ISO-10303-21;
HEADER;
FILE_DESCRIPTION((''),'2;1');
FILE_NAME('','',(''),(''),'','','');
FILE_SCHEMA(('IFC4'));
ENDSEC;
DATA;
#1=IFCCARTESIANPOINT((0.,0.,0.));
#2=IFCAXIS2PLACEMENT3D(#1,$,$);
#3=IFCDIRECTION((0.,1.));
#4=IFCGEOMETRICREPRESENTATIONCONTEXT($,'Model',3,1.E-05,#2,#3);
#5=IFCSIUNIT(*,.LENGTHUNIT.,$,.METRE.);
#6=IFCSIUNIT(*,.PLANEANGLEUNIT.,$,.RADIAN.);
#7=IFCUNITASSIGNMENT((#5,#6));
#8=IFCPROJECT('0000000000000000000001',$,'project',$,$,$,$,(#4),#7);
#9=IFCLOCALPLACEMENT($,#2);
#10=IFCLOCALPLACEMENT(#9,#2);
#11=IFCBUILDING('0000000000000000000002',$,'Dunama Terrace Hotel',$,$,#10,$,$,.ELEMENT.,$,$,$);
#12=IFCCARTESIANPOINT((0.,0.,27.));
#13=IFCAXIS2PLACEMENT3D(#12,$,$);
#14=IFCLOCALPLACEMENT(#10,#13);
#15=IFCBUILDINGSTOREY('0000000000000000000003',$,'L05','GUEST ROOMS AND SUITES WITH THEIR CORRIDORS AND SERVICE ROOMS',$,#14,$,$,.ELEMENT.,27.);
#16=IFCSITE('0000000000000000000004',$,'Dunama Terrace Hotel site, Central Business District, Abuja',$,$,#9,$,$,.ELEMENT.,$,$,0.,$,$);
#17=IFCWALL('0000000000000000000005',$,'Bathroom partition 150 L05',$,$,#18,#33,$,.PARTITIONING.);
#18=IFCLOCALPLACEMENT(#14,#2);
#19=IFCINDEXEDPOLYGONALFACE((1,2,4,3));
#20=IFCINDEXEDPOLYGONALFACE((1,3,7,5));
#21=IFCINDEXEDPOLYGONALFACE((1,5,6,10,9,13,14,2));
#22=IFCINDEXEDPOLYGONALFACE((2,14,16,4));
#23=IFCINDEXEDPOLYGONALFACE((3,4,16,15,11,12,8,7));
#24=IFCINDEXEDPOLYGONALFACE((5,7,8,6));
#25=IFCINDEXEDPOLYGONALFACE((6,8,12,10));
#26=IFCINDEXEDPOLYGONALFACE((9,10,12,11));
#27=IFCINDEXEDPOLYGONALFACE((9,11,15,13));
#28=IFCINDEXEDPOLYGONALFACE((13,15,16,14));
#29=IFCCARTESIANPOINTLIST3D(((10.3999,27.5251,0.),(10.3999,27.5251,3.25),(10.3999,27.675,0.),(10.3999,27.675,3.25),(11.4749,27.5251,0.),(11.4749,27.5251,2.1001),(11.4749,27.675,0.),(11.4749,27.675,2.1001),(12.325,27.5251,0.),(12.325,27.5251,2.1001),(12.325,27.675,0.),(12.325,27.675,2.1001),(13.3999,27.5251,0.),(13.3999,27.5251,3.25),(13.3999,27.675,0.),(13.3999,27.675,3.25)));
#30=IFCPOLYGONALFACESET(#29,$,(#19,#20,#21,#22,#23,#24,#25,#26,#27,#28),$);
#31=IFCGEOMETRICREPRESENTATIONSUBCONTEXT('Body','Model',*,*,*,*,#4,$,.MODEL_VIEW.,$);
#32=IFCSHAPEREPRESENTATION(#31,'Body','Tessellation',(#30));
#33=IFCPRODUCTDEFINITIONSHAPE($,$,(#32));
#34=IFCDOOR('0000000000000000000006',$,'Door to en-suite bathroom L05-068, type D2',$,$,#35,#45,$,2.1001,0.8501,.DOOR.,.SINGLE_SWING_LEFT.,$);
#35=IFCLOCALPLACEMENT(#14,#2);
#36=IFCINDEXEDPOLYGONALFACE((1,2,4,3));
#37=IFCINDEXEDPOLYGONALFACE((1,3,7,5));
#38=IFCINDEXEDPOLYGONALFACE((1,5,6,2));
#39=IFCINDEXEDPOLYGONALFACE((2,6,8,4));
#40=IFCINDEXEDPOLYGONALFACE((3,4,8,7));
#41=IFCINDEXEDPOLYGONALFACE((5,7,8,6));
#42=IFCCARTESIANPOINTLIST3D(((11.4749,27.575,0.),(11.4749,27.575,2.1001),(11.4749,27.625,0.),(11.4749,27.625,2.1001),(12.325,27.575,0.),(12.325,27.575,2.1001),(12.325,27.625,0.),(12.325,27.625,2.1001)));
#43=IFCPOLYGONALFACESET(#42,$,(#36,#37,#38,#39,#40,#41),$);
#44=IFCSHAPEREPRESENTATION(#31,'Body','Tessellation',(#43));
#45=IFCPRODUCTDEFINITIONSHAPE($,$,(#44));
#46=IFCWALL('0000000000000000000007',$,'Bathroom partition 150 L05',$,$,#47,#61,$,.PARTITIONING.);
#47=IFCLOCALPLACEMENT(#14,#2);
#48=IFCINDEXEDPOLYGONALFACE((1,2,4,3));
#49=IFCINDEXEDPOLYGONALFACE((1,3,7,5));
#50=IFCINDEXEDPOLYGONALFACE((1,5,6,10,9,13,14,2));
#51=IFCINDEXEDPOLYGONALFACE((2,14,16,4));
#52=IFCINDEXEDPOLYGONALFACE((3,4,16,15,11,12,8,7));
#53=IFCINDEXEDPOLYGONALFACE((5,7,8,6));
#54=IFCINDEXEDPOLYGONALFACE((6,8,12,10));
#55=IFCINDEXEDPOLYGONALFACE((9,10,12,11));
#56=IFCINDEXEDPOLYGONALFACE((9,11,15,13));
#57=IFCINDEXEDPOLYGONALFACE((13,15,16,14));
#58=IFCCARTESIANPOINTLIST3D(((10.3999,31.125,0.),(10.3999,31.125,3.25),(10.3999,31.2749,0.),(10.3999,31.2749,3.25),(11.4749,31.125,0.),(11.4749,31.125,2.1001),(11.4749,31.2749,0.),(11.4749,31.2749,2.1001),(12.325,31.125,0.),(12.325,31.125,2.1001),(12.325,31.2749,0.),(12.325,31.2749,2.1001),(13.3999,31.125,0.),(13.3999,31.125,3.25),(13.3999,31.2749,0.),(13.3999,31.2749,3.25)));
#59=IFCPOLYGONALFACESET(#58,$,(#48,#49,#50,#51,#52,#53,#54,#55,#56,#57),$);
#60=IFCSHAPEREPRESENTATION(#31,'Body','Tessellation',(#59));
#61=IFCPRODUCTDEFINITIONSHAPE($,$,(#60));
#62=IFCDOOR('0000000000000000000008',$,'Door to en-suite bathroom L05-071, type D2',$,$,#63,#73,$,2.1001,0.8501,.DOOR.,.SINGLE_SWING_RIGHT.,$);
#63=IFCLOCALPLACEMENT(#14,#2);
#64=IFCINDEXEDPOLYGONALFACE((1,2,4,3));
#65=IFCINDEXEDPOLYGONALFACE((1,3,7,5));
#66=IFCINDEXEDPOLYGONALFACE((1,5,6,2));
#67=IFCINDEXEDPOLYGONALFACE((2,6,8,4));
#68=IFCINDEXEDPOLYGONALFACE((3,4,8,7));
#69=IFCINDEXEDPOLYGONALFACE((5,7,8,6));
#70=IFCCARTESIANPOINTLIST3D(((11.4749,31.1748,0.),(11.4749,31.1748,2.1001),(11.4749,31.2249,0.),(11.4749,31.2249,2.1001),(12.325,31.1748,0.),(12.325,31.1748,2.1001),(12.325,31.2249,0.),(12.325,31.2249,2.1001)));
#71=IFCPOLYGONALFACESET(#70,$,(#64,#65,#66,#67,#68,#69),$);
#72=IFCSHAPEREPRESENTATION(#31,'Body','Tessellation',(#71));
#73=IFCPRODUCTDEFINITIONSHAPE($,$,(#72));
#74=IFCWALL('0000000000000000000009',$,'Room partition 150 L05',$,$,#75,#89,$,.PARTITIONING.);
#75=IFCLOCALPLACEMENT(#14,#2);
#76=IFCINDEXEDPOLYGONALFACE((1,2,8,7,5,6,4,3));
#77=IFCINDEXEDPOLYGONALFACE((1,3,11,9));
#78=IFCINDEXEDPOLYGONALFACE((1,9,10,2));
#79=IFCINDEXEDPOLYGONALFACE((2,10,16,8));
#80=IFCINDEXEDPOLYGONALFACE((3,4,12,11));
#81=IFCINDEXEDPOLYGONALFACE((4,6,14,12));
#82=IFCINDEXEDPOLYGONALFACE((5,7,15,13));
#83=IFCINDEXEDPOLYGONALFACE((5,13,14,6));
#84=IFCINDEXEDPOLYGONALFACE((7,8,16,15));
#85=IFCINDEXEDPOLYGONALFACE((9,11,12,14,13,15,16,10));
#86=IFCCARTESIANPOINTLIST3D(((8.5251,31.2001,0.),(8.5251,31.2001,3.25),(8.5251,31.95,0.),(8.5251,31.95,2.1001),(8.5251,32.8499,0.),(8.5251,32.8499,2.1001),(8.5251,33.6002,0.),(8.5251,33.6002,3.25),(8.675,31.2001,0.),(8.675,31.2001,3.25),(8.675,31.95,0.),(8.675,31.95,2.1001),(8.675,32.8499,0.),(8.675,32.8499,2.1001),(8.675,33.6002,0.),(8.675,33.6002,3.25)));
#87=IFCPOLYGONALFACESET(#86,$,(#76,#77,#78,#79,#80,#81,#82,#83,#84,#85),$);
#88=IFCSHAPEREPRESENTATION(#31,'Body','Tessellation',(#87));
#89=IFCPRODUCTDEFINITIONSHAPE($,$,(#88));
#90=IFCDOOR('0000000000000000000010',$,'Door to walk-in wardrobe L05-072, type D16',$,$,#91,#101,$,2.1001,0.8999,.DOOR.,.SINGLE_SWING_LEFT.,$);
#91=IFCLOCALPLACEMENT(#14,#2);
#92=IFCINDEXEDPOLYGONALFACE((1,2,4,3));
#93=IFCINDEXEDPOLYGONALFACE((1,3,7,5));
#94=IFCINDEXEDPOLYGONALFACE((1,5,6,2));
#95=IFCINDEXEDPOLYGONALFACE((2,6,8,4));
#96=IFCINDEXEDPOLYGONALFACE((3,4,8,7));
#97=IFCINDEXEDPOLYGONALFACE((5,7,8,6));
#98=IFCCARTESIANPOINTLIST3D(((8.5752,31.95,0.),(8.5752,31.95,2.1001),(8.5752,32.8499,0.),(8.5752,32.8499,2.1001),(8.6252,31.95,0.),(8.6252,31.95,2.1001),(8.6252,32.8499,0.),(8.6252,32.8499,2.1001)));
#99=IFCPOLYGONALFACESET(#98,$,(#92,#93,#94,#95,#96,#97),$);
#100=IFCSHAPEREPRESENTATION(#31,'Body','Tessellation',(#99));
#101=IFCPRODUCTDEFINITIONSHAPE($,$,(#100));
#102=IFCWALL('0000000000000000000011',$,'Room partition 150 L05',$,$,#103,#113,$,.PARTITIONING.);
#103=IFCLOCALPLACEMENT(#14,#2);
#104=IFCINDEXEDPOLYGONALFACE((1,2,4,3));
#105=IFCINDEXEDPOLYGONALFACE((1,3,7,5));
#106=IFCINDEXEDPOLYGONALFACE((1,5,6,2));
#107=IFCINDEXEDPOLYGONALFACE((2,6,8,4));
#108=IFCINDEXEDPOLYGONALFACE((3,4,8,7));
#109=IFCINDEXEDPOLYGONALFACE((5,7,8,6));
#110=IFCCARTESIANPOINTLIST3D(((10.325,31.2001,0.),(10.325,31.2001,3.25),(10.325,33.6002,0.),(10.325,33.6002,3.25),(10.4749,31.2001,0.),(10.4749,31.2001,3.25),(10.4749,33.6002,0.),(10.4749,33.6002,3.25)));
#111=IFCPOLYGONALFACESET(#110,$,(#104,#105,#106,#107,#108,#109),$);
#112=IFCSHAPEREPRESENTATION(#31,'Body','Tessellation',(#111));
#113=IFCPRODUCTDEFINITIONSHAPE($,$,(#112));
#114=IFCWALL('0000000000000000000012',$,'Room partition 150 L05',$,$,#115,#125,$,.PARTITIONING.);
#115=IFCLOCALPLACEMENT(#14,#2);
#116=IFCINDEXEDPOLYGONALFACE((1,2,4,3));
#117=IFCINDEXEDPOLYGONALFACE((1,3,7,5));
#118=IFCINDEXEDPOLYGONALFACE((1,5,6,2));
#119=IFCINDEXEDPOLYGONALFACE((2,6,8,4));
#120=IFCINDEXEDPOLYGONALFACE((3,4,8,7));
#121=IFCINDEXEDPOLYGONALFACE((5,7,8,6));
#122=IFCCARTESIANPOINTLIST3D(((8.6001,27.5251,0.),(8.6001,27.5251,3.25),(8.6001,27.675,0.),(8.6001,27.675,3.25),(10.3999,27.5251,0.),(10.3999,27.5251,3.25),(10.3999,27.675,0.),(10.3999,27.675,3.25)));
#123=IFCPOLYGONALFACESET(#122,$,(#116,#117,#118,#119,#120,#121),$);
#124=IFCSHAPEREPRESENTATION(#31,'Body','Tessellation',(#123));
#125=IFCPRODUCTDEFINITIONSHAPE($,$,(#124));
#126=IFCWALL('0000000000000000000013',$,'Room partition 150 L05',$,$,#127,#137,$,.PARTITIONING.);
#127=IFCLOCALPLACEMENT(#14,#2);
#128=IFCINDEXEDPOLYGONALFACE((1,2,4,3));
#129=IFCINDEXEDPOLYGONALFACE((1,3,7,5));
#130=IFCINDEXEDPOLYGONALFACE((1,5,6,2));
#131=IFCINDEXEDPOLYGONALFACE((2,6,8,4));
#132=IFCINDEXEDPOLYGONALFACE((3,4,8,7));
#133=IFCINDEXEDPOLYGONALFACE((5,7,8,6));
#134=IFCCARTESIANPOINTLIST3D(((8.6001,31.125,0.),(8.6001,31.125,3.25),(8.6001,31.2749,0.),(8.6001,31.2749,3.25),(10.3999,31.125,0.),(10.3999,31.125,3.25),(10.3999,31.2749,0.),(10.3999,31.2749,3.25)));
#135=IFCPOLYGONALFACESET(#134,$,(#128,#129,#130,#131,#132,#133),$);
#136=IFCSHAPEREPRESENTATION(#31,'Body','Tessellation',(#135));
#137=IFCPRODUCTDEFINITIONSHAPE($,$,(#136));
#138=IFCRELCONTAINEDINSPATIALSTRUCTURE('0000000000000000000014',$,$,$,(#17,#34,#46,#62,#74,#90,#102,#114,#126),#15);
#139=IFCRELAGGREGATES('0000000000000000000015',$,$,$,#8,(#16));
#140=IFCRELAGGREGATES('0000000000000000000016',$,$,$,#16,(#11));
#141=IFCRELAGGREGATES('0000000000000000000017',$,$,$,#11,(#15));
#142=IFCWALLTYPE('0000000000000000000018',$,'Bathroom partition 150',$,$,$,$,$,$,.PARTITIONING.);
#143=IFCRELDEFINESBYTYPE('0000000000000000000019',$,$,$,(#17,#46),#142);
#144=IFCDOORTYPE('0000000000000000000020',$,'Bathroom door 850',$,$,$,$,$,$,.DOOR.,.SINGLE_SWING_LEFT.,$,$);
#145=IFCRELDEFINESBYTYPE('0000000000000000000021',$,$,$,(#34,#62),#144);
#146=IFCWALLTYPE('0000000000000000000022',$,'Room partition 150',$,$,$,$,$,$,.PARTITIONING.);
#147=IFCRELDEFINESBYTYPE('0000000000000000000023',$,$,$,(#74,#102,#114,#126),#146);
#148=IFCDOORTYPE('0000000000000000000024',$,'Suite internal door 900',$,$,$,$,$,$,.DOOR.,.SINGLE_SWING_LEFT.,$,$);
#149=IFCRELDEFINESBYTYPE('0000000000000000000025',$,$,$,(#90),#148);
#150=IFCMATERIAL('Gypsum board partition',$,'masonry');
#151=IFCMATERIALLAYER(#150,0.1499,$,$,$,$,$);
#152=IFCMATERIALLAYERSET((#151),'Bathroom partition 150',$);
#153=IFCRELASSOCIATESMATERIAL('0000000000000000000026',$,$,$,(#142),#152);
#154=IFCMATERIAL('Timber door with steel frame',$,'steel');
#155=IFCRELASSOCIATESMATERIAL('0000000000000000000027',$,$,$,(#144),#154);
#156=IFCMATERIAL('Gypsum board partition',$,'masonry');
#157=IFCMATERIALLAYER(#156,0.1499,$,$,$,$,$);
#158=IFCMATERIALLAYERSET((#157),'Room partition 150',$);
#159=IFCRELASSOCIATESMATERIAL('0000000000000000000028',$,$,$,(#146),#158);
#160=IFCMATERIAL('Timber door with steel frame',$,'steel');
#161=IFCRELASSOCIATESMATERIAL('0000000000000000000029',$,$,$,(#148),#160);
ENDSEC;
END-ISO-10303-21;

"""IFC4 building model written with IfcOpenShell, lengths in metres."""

from ifc_helpers import new_model, si_unit, direction, frame, frame_2d, origin, place, context, subcontext, project, spatial, rectangle, extrude, material, layer, layer_set, type_object, element, fill, save


model = new_model("IFC4")

# Units and contexts
model_context = context("Model", 3, precision=1e-05, world=origin(), true_north=direction((0.0, 1.0)))
body_context = subcontext(model_context, "Body", "Model", "MODEL_VIEW")
ifc_project = project(units=[si_unit("LENGTHUNIT", "METRE"), si_unit("PLANEANGLEUNIT", "RADIAN")], contexts=[model_context])

# Site, building, storey
site_placement = place(None, origin())
site = spatial("IfcSite", under=ifc_project, at=site_placement, Name="Dunama Terrace Hotel site, Central Business District, Abuja", CompositionType="ELEMENT", RefElevation=0.0)
building_placement = place(site_placement, origin())
building = spatial("IfcBuilding", under=site, at=building_placement, Name="Dunama Terrace Hotel", CompositionType="ELEMENT")
storey_placement = place(building_placement, frame((0.0, 0.0, 27.0)))
storey = spatial("IfcBuildingStorey", under=building, at=storey_placement, Name="L05", Description="GUEST ROOMS AND SUITES WITH THEIR CORRIDORS AND SERVICE ROOMS", CompositionType="ELEMENT", Elevation=27.0)

# Walls, openings, doors
ifc_material_1 = material(Name="Gypsum board partition", Category="masonry")
ifc_layer_1 = layer(ifc_material_1, 0.1499)
ifc_layer_set_1 = layer_set([ifc_layer_1], Name="Bathroom partition 150")
wall_type_1 = type_object("IfcWallType", Name="Bathroom partition 150", PredefinedType="PARTITIONING", material=ifc_layer_set_1)
wall_1_placement = place(storey_placement, frame((10.3999, 27.6001, 0.0), z_axis=(0.0, 0.0, 1.0), x_axis=(1.0, 0.0, 0.0)))
wall_1 = element("IfcWall", 1, at=wall_1_placement, inside=storey, type_object=wall_type_1, Name="Bathroom partition 150 L05", PredefinedType="PARTITIONING", context=body_context, shape_type="SweptSolid", body=[
    extrude(rectangle(XDim=3.0, YDim=0.1499, at=frame_2d((1.5, 0.0))), origin(), (0.0, 0.0, 1.0), 3.25),
])
opening_1_placement = place(wall_1_placement, frame((1.075, 0.0, 0.0)))
opening_1 = element("IfcOpeningElement", 2, at=opening_1_placement, cuts=wall_1, PredefinedType="OPENING", context=body_context, shape_type="SweptSolid", body=[
    extrude(rectangle(XDim=0.8501, YDim=2.1001, at=frame_2d((0.425, 1.05))), frame((0.0, 0.085, 0.0), z_axis=(0.0, -1.0, 0.0), x_axis=(1.0, 0.0, 0.0)), (0.0, 0.0, 1.0), 0.1699),
])
ifc_material_2 = material(Name="Timber door with steel frame", Category="steel")
door_type_1 = type_object("IfcDoorType", Name="Bathroom door 850", OperationType="SINGLE_SWING_LEFT", PredefinedType="DOOR", material=ifc_material_2)
door_1_placement = place(opening_1_placement, frame((0.8501, 0.0, 0.0), z_axis=(0.0, 0.0, 1.0), x_axis=(-1.0, 0.0, 0.0)))
door_1 = element("IfcDoor", 3, at=door_1_placement, inside=storey, type_object=door_type_1, Name="Door to en-suite bathroom L05-068, type D2", OperationType="SINGLE_SWING_LEFT", OverallHeight=2.1001, OverallWidth=0.8501, PredefinedType="DOOR", context=body_context, shape_type="SweptSolid", body=[
    extrude(rectangle(XDim=0.8501, YDim=2.1001, at=frame_2d((0.425, 1.05))), frame((0.0, 0.0251, 0.0), z_axis=(0.0, -1.0, 0.0), x_axis=(1.0, 0.0, 0.0)), (0.0, 0.0, 1.0), 0.05),
])
fill(opening_1, door_1)
wall_2_placement = place(storey_placement, frame((10.3999, 31.2, 0.0), z_axis=(0.0, 0.0, 1.0), x_axis=(1.0, 0.0, 0.0)))
wall_2 = element("IfcWall", 4, at=wall_2_placement, inside=storey, type_object=wall_type_1, Name="Bathroom partition 150 L05", PredefinedType="PARTITIONING", context=body_context, shape_type="SweptSolid", body=[
    extrude(rectangle(XDim=3.0, YDim=0.1499, at=frame_2d((1.5, 0.0))), origin(), (0.0, 0.0, 1.0), 3.25),
])
opening_2_placement = place(wall_2_placement, frame((1.075, 0.0, 0.0)))
opening_2 = element("IfcOpeningElement", 5, at=opening_2_placement, cuts=wall_2, PredefinedType="OPENING", context=body_context, shape_type="SweptSolid", body=[
    extrude(rectangle(XDim=0.8501, YDim=2.1001, at=frame_2d((0.425, 1.05))), frame((0.0, 0.085, 0.0), z_axis=(0.0, -1.0, 0.0), x_axis=(1.0, 0.0, 0.0)), (0.0, 0.0, 1.0), 0.1699),
])
door_2_placement = place(opening_2_placement, origin())
door_2 = element("IfcDoor", 6, at=door_2_placement, inside=storey, type_object=door_type_1, Name="Door to en-suite bathroom L05-071, type D2", OperationType="SINGLE_SWING_RIGHT", OverallHeight=2.1001, OverallWidth=0.8501, PredefinedType="DOOR", context=body_context, shape_type="SweptSolid", body=[
    extrude(rectangle(XDim=0.8501, YDim=2.1001, at=frame_2d((0.425, 1.05))), frame((0.0, 0.0249, 0.0), z_axis=(0.0, -1.0, 0.0), x_axis=(1.0, 0.0, 0.0)), (0.0, 0.0, 1.0), 0.05),
])
fill(opening_2, door_2)
ifc_material_3 = material(Name="Gypsum board partition", Category="masonry")
ifc_layer_2 = layer(ifc_material_3, 0.1499)
ifc_layer_set_2 = layer_set([ifc_layer_2], Name="Room partition 150")
wall_type_2 = type_object("IfcWallType", Name="Room partition 150", PredefinedType="PARTITIONING", material=ifc_layer_set_2)
wall_3_placement = place(storey_placement, frame((8.6001, 31.2, 0.0), z_axis=(0.0, 0.0, 1.0), x_axis=(0.0, 1.0, 0.0)))
wall_3 = element("IfcWall", 7, at=wall_3_placement, inside=storey, type_object=wall_type_2, Name="Room partition 150 L05", PredefinedType="PARTITIONING", context=body_context, shape_type="SweptSolid", body=[
    extrude(rectangle(XDim=2.4001, YDim=0.1499, at=frame_2d((1.2002, 0.0))), origin(), (0.0, 0.0, 1.0), 3.25),
])
opening_3_placement = place(wall_3_placement, frame((0.75, 0.0, 0.0)))
opening_3 = element("IfcOpeningElement", 8, at=opening_3_placement, cuts=wall_3, PredefinedType="OPENING", context=body_context, shape_type="SweptSolid", body=[
    extrude(rectangle(XDim=0.8999, YDim=2.1001, at=frame_2d((0.45, 1.05))), frame((0.0, 0.085, 0.0), z_axis=(0.0, -1.0, 0.0), x_axis=(1.0, 0.0, 0.0)), (0.0, 0.0, 1.0), 0.1699),
])
ifc_material_4 = material(Name="Timber door with steel frame", Category="steel")
door_type_2 = type_object("IfcDoorType", Name="Suite internal door 900", OperationType="SINGLE_SWING_LEFT", PredefinedType="DOOR", material=ifc_material_4)
door_3_placement = place(opening_3_placement, frame((0.8999, 0.0, 0.0), z_axis=(0.0, 0.0, 1.0), x_axis=(-1.0, 0.0, 0.0)))
door_3 = element("IfcDoor", 9, at=door_3_placement, inside=storey, type_object=door_type_2, Name="Door to walk-in wardrobe L05-072, type D16", OperationType="SINGLE_SWING_LEFT", OverallHeight=2.1001, OverallWidth=0.8999, PredefinedType="DOOR", context=body_context, shape_type="SweptSolid", body=[
    extrude(rectangle(XDim=0.8999, YDim=2.1001, at=frame_2d((0.45, 1.05))), frame((0.0, 0.0251, 0.0), z_axis=(0.0, -1.0, 0.0), x_axis=(1.0, 0.0, 0.0)), (0.0, 0.0, 1.0), 0.05),
])
fill(opening_3, door_3)

# Walls
wall_4_placement = place(storey_placement, frame((10.3999, 31.2, 0.0), z_axis=(0.0, 0.0, 1.0), x_axis=(0.0, 1.0, 0.0)))
element("IfcWall", 10, at=wall_4_placement, inside=storey, type_object=wall_type_2, Name="Room partition 150 L05", PredefinedType="PARTITIONING", context=body_context, shape_type="SweptSolid", body=[
    extrude(rectangle(XDim=2.4001, YDim=0.1499, at=frame_2d((1.2002, 0.0))), origin(), (0.0, 0.0, 1.0), 3.25),
])
for number, where, z_axis, x_axis, name in (
    (11, (8.6001, 27.6001, 0.0), (0.0, 0.0, 1.0), (1.0, 0.0, 0.0), "Room partition 150 L05"),
    (12, (8.6001, 31.2, 0.0), (0.0, 0.0, 1.0), (1.0, 0.0, 0.0), "Room partition 150 L05"),
):
    element("IfcWall", number, at=place(storey_placement, frame(where, z_axis=z_axis, x_axis=x_axis)), inside=storey, type_object=wall_type_2, Name=name, PredefinedType="PARTITIONING", context=body_context, shape_type="SweptSolid", body=[
        extrude(rectangle(XDim=1.7998, YDim=0.1499, at=frame_2d((0.8999, 0.0))), origin(), (0.0, 0.0, 1.0), 3.25),
    ])

save(model, "model.ifc")
